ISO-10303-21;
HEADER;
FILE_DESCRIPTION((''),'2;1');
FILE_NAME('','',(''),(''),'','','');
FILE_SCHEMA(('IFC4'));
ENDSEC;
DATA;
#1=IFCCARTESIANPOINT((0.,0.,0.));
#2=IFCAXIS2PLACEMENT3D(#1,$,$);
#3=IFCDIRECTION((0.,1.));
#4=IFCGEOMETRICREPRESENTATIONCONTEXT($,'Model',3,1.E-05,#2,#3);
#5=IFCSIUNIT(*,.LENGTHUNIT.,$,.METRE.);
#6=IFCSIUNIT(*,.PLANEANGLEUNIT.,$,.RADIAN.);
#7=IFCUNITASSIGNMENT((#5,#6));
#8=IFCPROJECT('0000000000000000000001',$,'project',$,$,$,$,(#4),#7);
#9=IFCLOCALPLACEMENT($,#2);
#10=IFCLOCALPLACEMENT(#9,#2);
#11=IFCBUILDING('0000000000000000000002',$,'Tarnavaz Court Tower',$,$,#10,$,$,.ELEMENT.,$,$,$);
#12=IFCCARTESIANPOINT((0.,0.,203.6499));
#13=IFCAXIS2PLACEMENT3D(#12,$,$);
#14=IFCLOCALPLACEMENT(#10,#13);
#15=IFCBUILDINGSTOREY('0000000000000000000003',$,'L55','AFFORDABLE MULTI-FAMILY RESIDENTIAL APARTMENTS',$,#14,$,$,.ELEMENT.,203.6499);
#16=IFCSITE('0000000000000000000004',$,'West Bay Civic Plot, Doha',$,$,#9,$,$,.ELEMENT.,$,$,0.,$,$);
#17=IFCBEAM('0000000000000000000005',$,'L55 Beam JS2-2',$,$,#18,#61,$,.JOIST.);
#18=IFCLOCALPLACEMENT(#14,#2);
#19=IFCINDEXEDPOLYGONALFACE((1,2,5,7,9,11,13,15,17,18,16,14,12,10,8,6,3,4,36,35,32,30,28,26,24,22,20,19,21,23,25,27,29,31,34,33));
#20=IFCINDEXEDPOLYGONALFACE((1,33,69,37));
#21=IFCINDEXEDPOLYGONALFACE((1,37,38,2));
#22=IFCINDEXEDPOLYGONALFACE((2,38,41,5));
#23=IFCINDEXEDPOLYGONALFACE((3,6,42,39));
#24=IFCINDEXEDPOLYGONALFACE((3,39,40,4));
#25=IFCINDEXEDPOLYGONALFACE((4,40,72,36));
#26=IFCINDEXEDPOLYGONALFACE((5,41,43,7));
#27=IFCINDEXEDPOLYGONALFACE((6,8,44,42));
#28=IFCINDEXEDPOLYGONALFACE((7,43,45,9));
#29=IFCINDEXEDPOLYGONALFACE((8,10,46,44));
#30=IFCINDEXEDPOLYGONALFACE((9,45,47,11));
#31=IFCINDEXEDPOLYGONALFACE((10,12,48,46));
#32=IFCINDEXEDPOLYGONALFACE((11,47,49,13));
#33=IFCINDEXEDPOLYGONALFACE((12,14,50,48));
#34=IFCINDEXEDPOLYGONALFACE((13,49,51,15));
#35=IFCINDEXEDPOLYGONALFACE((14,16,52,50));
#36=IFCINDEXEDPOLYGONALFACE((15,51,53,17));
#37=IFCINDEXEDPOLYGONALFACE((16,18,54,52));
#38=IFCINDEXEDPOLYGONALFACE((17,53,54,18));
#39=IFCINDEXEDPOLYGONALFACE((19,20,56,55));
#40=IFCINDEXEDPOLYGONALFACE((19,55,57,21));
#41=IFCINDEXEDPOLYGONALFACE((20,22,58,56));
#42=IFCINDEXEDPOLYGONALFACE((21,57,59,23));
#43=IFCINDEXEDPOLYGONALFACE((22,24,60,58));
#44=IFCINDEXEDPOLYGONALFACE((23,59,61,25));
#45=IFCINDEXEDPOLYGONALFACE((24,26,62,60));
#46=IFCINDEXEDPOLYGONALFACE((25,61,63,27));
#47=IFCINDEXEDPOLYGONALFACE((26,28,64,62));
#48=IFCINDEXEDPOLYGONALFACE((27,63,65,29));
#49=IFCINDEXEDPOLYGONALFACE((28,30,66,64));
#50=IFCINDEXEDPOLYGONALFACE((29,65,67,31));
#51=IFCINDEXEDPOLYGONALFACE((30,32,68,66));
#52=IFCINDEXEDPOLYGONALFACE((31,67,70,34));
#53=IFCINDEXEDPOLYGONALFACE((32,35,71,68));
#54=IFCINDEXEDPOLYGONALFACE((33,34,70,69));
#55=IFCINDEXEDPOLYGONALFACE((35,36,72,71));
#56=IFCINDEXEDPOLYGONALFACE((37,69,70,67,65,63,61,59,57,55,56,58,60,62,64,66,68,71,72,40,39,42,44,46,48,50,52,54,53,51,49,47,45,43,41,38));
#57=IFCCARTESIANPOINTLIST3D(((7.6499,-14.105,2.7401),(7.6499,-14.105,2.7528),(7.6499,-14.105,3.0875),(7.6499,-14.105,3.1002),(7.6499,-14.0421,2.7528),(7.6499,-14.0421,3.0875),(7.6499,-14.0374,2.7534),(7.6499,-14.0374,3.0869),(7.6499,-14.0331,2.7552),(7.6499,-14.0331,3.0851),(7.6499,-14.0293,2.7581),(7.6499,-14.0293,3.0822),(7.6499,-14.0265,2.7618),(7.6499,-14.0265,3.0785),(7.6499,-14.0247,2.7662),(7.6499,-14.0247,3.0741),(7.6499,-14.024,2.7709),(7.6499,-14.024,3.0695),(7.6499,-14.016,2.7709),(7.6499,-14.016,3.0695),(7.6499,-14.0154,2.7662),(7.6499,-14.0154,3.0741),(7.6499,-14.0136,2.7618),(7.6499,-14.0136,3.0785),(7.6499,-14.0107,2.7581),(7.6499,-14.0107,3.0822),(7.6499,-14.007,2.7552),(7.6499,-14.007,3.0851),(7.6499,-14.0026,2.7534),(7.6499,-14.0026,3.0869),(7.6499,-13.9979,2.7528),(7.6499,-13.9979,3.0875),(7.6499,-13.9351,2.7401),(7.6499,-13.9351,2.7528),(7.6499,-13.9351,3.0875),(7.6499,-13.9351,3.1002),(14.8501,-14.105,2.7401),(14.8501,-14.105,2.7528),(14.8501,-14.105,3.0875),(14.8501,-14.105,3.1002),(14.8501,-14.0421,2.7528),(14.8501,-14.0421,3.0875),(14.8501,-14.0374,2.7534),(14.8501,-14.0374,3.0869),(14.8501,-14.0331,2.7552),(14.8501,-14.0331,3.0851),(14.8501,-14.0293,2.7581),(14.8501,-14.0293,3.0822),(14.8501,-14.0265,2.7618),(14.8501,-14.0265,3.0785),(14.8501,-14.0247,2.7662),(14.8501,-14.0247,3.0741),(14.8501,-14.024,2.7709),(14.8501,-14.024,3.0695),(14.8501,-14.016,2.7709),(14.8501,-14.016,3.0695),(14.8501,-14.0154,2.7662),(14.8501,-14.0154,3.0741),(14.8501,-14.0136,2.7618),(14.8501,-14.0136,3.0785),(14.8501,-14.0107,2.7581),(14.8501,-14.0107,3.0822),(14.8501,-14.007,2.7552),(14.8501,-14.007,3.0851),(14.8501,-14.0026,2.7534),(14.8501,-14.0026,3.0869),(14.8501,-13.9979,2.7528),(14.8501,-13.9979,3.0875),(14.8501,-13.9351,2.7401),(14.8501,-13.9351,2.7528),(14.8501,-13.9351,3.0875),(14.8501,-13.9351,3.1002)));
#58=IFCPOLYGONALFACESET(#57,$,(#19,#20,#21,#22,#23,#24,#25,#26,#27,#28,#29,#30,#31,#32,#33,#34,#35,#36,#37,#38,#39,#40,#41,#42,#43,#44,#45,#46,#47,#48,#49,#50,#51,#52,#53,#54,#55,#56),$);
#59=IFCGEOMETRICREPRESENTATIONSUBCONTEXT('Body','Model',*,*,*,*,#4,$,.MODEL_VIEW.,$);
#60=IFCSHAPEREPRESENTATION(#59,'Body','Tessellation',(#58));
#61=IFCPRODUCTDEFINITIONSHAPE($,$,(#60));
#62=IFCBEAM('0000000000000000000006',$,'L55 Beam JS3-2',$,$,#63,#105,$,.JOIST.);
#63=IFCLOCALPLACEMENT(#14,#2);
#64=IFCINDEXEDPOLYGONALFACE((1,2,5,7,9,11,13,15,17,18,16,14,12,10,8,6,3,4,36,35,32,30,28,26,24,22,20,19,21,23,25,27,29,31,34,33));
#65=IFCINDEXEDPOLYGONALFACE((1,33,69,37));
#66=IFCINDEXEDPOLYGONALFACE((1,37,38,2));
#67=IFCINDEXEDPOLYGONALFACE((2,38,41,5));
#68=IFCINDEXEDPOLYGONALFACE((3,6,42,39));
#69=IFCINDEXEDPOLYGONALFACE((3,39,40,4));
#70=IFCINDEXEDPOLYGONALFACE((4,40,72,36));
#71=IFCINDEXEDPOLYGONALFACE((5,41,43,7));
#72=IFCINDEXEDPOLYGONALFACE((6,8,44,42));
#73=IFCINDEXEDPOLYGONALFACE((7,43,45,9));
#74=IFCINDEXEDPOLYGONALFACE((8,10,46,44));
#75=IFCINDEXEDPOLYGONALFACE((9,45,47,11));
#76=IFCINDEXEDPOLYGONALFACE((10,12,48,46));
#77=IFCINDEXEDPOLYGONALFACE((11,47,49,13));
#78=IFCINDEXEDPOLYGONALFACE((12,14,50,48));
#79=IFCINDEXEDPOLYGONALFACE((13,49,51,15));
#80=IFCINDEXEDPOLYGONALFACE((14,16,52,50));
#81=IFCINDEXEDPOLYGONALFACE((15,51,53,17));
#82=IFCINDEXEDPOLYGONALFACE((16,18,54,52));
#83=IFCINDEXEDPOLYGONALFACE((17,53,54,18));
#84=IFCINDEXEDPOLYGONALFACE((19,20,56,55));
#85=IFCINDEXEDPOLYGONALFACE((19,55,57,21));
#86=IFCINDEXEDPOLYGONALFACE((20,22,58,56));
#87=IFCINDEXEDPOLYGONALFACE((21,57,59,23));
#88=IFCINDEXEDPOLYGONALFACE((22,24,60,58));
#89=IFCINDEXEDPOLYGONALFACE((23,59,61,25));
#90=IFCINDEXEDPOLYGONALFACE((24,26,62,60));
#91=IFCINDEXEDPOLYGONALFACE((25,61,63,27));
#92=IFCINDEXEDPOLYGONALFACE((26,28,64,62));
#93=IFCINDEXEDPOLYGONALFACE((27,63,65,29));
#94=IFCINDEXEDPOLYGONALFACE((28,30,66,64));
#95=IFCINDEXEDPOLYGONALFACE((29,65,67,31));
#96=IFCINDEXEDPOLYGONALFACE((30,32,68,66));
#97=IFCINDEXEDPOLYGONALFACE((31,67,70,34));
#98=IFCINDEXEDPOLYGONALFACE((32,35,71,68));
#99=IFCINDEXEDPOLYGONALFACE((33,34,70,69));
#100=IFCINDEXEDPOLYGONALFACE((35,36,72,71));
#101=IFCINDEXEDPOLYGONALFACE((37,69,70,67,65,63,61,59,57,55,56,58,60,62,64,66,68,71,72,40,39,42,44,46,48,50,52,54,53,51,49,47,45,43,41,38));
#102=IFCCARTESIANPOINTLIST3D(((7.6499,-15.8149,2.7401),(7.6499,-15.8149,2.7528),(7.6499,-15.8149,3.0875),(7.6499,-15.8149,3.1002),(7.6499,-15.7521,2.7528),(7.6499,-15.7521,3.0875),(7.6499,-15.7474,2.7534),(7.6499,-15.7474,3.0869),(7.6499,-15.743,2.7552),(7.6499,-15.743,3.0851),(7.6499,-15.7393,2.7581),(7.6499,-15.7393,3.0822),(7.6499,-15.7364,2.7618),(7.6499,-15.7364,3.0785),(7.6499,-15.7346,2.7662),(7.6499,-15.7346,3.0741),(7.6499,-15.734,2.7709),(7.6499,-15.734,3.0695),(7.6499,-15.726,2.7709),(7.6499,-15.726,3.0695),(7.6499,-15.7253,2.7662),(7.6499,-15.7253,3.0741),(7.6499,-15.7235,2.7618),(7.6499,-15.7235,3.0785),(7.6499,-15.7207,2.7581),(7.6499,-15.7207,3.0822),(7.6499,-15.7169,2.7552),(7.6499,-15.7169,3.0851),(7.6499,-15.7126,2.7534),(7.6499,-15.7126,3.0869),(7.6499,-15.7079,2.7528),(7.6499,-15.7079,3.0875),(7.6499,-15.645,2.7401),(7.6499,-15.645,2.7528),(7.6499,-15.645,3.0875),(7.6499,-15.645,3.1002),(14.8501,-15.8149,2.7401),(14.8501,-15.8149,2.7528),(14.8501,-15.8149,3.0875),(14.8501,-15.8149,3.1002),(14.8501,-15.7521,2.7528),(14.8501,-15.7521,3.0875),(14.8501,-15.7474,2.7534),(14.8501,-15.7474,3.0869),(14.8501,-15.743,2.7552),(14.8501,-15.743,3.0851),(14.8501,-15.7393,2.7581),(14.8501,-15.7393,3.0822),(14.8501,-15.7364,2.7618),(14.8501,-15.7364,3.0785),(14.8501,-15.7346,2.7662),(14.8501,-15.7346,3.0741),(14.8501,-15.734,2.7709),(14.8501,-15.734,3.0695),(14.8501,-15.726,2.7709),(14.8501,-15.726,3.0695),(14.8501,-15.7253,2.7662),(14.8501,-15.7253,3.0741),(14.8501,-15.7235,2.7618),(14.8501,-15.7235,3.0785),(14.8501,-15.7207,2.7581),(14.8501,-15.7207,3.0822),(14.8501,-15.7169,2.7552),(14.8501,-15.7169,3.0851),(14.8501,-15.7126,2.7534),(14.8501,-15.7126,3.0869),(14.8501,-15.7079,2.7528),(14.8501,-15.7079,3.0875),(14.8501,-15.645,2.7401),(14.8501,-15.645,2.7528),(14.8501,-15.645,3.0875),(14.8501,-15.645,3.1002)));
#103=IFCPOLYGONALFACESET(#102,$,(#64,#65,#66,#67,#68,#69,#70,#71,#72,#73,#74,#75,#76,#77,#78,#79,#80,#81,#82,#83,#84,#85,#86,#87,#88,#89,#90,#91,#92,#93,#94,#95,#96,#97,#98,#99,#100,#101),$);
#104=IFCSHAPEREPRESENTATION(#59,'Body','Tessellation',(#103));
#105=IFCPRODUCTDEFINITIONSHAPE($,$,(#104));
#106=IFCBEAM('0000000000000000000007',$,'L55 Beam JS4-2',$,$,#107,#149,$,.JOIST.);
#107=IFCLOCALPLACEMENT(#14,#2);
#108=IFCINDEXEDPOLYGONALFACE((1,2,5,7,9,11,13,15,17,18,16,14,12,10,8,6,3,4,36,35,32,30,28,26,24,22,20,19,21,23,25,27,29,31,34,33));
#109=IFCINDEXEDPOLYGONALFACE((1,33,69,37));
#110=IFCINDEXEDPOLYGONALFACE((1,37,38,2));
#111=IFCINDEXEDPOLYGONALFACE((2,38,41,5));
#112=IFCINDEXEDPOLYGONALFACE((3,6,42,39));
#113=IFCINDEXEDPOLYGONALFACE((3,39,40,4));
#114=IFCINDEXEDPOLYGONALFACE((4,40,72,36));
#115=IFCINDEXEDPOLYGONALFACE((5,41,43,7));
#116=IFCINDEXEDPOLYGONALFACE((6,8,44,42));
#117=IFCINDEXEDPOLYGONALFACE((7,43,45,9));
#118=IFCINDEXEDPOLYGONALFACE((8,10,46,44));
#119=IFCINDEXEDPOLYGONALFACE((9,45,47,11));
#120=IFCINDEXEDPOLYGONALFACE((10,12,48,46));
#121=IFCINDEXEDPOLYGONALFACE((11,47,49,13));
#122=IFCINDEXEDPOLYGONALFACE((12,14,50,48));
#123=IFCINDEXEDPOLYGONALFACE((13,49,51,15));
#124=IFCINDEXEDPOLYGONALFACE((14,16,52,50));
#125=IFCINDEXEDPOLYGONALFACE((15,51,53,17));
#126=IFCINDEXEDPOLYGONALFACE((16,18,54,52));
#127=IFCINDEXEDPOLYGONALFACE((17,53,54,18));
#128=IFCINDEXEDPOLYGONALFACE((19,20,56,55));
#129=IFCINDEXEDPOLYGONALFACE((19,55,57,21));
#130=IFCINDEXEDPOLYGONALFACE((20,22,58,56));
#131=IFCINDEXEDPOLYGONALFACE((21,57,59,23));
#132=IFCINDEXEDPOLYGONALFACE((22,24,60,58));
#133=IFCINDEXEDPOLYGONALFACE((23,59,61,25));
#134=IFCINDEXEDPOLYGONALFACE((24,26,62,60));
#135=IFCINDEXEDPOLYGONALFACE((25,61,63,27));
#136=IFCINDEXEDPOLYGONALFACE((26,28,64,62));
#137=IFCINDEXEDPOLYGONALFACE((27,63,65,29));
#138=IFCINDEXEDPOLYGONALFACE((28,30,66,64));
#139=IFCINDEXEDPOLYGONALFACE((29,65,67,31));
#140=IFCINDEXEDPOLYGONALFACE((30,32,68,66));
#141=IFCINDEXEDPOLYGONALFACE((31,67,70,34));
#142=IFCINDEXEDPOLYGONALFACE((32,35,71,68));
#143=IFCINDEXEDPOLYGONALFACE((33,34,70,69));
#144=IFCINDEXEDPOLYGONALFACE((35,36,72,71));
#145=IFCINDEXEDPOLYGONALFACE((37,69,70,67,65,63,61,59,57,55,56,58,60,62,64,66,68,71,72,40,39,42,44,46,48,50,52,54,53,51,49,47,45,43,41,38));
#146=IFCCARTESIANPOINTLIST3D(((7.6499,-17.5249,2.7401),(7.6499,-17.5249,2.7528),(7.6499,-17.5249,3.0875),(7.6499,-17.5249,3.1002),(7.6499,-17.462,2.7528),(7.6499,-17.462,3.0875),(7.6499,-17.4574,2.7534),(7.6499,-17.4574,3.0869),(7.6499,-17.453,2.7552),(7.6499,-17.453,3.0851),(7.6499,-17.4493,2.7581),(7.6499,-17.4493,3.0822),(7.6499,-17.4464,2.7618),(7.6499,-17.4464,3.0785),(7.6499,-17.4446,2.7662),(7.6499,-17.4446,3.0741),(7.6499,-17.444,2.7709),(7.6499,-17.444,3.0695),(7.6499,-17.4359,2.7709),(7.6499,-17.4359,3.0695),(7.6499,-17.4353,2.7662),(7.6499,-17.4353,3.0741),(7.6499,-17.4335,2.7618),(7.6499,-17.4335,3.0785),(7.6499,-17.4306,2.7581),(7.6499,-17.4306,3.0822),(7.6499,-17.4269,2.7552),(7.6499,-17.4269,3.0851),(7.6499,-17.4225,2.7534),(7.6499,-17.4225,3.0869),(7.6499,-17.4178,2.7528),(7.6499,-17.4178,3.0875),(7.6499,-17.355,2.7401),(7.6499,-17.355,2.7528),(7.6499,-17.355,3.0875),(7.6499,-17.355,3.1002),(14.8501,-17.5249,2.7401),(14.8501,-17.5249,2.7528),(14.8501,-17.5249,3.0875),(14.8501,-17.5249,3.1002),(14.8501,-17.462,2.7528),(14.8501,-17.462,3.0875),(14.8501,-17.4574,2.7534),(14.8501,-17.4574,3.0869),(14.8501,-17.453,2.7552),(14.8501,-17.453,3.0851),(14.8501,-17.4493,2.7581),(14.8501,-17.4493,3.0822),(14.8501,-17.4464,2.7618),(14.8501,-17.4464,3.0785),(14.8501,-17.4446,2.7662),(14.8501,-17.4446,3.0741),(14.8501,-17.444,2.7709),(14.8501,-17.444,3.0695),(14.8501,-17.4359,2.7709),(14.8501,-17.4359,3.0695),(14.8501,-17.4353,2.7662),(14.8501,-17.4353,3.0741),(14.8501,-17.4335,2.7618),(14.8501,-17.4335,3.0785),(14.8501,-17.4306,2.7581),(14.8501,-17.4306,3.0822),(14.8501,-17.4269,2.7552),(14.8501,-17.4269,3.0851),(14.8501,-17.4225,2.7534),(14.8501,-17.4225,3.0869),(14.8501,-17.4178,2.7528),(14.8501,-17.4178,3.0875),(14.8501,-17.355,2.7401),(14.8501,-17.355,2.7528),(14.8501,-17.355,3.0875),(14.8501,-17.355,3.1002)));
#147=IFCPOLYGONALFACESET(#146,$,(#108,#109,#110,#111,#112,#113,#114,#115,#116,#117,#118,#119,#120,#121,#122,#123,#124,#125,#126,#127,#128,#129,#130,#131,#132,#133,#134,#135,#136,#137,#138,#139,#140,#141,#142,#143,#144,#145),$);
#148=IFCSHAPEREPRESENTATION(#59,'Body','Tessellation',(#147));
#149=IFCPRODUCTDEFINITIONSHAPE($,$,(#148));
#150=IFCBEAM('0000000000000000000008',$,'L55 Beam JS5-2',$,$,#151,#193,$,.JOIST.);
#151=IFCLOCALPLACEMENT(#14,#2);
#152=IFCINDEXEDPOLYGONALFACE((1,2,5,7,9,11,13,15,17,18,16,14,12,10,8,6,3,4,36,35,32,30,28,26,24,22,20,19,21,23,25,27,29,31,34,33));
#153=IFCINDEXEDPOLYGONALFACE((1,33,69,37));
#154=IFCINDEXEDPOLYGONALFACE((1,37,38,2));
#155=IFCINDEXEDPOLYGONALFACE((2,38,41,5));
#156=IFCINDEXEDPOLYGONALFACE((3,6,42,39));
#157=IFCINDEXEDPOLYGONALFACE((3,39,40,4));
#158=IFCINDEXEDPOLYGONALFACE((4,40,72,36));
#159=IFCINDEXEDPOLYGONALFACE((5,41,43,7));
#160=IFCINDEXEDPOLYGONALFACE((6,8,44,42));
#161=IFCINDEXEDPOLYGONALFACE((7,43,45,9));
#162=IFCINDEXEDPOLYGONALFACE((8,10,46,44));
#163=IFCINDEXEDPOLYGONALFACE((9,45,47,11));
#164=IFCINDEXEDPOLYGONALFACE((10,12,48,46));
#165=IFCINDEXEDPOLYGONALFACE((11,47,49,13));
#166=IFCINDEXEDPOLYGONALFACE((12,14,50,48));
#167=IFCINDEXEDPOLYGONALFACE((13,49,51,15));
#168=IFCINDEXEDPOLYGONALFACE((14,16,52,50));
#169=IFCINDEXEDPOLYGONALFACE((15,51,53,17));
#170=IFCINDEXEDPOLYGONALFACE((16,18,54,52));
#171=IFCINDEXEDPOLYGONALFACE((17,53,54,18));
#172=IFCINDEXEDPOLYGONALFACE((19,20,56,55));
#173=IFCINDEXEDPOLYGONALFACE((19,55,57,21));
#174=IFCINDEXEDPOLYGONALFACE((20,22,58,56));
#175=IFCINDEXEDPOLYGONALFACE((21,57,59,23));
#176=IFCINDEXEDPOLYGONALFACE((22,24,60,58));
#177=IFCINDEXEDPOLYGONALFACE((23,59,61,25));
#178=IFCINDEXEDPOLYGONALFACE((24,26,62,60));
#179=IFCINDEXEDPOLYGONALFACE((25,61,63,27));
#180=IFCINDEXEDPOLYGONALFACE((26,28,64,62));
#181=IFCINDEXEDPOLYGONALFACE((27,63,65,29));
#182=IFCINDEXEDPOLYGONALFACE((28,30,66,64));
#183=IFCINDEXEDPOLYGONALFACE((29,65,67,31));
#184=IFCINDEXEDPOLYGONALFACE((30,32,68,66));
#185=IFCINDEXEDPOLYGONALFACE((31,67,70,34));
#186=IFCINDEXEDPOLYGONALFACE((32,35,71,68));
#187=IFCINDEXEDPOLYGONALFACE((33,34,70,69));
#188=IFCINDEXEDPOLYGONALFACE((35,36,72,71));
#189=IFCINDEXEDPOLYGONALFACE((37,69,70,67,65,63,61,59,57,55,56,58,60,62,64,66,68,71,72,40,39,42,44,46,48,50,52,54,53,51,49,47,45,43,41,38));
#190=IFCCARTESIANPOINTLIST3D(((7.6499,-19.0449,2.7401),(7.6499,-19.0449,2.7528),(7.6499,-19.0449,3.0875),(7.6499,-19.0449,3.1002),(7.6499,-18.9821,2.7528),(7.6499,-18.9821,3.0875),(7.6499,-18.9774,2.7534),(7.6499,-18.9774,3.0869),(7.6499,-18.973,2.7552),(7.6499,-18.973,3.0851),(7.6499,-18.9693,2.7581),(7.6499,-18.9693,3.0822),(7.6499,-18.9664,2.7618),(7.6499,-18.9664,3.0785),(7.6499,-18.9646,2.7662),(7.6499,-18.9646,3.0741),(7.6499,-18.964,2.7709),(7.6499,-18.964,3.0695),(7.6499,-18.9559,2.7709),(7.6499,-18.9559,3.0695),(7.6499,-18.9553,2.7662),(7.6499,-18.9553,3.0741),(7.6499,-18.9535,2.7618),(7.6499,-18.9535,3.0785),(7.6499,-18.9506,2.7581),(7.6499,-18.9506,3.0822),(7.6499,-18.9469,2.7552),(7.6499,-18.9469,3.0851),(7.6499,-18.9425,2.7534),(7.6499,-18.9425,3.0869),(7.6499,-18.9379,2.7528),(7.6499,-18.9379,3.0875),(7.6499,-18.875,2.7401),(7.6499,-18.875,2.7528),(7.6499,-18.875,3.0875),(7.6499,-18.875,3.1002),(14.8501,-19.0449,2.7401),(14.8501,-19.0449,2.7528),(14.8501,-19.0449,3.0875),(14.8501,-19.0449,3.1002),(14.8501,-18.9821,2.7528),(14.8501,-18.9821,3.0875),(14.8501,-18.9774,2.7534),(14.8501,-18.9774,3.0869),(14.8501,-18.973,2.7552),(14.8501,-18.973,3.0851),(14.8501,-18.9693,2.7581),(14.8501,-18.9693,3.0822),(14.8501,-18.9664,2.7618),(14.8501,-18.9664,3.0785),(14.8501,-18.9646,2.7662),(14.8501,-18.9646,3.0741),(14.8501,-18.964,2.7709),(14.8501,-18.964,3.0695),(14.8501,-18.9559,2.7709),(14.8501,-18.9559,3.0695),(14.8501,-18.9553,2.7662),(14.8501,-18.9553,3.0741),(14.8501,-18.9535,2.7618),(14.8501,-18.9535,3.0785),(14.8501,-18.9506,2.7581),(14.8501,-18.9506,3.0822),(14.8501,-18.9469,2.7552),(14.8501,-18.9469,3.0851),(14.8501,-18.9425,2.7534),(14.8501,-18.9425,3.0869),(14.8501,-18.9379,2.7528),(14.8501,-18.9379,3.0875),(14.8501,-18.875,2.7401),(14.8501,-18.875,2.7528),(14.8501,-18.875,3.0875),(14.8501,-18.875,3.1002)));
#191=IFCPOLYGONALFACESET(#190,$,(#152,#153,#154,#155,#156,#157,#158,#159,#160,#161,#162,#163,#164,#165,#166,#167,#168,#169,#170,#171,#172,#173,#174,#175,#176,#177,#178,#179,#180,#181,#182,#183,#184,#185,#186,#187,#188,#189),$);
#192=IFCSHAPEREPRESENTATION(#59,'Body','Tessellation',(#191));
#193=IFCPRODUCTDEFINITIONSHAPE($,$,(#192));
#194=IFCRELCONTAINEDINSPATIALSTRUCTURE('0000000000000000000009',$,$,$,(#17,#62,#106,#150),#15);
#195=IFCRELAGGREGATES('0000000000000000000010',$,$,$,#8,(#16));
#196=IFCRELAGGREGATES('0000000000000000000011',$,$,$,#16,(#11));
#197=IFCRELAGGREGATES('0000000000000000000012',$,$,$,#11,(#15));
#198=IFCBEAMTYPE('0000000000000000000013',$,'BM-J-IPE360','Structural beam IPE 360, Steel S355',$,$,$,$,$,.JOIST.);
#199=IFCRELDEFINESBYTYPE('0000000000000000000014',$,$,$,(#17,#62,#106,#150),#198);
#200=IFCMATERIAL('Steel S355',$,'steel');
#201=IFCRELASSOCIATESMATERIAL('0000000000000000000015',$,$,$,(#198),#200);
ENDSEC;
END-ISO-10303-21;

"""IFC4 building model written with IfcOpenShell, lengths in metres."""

from ifc_helpers import new_model, si_unit, direction, frame, origin, origin_2d, place, context, subcontext, project, spatial, i_section, extrude, material, material_profile, profile_set, type_object, element, save


model = new_model("IFC4")

# Units and contexts
model_context = context("Model", 3, precision=1e-05, world=origin(), true_north=direction((0.0, 1.0)))
body_context = subcontext(model_context, "Body", "Model", "MODEL_VIEW")
ifc_project = project(units=[si_unit("LENGTHUNIT", "METRE"), si_unit("PLANEANGLEUNIT", "RADIAN")], contexts=[model_context])

# Site, building, storey
site_placement = place(None, origin())
site = spatial("IfcSite", under=ifc_project, at=site_placement, Name="West Bay Civic Plot, Doha", CompositionType="ELEMENT", RefElevation=0.0)
building_placement = place(site_placement, origin())
building = spatial("IfcBuilding", under=site, at=building_placement, Name="Tarnavaz Court Tower", CompositionType="ELEMENT")
storey_placement = place(building_placement, frame((0.0, 0.0, 203.6499)))
storey = spatial("IfcBuildingStorey", under=building, at=storey_placement, Name="L55", Description="AFFORDABLE MULTI-FAMILY RESIDENTIAL APARTMENTS", CompositionType="ELEMENT", Elevation=203.6499)

# Beams
ifc_material_1 = material(Name="Steel S355", Category="steel")
ifc_material_profile_1 = material_profile(ifc_material_1, i_section(OverallWidth=0.1699, OverallDepth=0.3601, WebThickness=0.0081, FlangeThickness=0.0127, FilletRadius=0.0181, at=origin_2d()), Name="IPE 360")
ifc_profile_set_1 = profile_set([ifc_material_profile_1], Name="Steel S355")
beam_type_1 = type_object("IfcBeamType", Name="BM-J-IPE360", Description="Structural beam IPE 360, Steel S355", PredefinedType="JOIST", material=ifc_profile_set_1)
for number, where, z_axis, x_axis, name in (
    (1, (7.6499, -14.02, 2.9202), (1.0, 0.0, 0.0), (0.0, 1.0, 0.0), "L55 Beam JS2-2"),
    (2, (7.6499, -15.73, 2.9202), (1.0, 0.0, 0.0), (0.0, 1.0, 0.0), "L55 Beam JS3-2"),
    (3, (7.6499, -17.4399, 2.9202), (1.0, 0.0, 0.0), (0.0, 1.0, 0.0), "L55 Beam JS4-2"),
    (4, (7.6499, -18.96, 2.9202), (1.0, 0.0, 0.0), (0.0, 1.0, 0.0), "L55 Beam JS5-2"),
):
    element("IfcBeam", number, at=place(storey_placement, frame(where, z_axis=z_axis, x_axis=x_axis)), inside=storey, type_object=beam_type_1, Name=name, PredefinedType="JOIST", context=body_context, shape_type="SweptSolid", body=[
        extrude(i_section(OverallWidth=0.1699, OverallDepth=0.3601, WebThickness=0.0081, FlangeThickness=0.0127, FilletRadius=0.0181, at=origin_2d()), origin(), (0.0, 0.0, 1.0), 7.2002),
    ])

save(model, "model.ifc")
